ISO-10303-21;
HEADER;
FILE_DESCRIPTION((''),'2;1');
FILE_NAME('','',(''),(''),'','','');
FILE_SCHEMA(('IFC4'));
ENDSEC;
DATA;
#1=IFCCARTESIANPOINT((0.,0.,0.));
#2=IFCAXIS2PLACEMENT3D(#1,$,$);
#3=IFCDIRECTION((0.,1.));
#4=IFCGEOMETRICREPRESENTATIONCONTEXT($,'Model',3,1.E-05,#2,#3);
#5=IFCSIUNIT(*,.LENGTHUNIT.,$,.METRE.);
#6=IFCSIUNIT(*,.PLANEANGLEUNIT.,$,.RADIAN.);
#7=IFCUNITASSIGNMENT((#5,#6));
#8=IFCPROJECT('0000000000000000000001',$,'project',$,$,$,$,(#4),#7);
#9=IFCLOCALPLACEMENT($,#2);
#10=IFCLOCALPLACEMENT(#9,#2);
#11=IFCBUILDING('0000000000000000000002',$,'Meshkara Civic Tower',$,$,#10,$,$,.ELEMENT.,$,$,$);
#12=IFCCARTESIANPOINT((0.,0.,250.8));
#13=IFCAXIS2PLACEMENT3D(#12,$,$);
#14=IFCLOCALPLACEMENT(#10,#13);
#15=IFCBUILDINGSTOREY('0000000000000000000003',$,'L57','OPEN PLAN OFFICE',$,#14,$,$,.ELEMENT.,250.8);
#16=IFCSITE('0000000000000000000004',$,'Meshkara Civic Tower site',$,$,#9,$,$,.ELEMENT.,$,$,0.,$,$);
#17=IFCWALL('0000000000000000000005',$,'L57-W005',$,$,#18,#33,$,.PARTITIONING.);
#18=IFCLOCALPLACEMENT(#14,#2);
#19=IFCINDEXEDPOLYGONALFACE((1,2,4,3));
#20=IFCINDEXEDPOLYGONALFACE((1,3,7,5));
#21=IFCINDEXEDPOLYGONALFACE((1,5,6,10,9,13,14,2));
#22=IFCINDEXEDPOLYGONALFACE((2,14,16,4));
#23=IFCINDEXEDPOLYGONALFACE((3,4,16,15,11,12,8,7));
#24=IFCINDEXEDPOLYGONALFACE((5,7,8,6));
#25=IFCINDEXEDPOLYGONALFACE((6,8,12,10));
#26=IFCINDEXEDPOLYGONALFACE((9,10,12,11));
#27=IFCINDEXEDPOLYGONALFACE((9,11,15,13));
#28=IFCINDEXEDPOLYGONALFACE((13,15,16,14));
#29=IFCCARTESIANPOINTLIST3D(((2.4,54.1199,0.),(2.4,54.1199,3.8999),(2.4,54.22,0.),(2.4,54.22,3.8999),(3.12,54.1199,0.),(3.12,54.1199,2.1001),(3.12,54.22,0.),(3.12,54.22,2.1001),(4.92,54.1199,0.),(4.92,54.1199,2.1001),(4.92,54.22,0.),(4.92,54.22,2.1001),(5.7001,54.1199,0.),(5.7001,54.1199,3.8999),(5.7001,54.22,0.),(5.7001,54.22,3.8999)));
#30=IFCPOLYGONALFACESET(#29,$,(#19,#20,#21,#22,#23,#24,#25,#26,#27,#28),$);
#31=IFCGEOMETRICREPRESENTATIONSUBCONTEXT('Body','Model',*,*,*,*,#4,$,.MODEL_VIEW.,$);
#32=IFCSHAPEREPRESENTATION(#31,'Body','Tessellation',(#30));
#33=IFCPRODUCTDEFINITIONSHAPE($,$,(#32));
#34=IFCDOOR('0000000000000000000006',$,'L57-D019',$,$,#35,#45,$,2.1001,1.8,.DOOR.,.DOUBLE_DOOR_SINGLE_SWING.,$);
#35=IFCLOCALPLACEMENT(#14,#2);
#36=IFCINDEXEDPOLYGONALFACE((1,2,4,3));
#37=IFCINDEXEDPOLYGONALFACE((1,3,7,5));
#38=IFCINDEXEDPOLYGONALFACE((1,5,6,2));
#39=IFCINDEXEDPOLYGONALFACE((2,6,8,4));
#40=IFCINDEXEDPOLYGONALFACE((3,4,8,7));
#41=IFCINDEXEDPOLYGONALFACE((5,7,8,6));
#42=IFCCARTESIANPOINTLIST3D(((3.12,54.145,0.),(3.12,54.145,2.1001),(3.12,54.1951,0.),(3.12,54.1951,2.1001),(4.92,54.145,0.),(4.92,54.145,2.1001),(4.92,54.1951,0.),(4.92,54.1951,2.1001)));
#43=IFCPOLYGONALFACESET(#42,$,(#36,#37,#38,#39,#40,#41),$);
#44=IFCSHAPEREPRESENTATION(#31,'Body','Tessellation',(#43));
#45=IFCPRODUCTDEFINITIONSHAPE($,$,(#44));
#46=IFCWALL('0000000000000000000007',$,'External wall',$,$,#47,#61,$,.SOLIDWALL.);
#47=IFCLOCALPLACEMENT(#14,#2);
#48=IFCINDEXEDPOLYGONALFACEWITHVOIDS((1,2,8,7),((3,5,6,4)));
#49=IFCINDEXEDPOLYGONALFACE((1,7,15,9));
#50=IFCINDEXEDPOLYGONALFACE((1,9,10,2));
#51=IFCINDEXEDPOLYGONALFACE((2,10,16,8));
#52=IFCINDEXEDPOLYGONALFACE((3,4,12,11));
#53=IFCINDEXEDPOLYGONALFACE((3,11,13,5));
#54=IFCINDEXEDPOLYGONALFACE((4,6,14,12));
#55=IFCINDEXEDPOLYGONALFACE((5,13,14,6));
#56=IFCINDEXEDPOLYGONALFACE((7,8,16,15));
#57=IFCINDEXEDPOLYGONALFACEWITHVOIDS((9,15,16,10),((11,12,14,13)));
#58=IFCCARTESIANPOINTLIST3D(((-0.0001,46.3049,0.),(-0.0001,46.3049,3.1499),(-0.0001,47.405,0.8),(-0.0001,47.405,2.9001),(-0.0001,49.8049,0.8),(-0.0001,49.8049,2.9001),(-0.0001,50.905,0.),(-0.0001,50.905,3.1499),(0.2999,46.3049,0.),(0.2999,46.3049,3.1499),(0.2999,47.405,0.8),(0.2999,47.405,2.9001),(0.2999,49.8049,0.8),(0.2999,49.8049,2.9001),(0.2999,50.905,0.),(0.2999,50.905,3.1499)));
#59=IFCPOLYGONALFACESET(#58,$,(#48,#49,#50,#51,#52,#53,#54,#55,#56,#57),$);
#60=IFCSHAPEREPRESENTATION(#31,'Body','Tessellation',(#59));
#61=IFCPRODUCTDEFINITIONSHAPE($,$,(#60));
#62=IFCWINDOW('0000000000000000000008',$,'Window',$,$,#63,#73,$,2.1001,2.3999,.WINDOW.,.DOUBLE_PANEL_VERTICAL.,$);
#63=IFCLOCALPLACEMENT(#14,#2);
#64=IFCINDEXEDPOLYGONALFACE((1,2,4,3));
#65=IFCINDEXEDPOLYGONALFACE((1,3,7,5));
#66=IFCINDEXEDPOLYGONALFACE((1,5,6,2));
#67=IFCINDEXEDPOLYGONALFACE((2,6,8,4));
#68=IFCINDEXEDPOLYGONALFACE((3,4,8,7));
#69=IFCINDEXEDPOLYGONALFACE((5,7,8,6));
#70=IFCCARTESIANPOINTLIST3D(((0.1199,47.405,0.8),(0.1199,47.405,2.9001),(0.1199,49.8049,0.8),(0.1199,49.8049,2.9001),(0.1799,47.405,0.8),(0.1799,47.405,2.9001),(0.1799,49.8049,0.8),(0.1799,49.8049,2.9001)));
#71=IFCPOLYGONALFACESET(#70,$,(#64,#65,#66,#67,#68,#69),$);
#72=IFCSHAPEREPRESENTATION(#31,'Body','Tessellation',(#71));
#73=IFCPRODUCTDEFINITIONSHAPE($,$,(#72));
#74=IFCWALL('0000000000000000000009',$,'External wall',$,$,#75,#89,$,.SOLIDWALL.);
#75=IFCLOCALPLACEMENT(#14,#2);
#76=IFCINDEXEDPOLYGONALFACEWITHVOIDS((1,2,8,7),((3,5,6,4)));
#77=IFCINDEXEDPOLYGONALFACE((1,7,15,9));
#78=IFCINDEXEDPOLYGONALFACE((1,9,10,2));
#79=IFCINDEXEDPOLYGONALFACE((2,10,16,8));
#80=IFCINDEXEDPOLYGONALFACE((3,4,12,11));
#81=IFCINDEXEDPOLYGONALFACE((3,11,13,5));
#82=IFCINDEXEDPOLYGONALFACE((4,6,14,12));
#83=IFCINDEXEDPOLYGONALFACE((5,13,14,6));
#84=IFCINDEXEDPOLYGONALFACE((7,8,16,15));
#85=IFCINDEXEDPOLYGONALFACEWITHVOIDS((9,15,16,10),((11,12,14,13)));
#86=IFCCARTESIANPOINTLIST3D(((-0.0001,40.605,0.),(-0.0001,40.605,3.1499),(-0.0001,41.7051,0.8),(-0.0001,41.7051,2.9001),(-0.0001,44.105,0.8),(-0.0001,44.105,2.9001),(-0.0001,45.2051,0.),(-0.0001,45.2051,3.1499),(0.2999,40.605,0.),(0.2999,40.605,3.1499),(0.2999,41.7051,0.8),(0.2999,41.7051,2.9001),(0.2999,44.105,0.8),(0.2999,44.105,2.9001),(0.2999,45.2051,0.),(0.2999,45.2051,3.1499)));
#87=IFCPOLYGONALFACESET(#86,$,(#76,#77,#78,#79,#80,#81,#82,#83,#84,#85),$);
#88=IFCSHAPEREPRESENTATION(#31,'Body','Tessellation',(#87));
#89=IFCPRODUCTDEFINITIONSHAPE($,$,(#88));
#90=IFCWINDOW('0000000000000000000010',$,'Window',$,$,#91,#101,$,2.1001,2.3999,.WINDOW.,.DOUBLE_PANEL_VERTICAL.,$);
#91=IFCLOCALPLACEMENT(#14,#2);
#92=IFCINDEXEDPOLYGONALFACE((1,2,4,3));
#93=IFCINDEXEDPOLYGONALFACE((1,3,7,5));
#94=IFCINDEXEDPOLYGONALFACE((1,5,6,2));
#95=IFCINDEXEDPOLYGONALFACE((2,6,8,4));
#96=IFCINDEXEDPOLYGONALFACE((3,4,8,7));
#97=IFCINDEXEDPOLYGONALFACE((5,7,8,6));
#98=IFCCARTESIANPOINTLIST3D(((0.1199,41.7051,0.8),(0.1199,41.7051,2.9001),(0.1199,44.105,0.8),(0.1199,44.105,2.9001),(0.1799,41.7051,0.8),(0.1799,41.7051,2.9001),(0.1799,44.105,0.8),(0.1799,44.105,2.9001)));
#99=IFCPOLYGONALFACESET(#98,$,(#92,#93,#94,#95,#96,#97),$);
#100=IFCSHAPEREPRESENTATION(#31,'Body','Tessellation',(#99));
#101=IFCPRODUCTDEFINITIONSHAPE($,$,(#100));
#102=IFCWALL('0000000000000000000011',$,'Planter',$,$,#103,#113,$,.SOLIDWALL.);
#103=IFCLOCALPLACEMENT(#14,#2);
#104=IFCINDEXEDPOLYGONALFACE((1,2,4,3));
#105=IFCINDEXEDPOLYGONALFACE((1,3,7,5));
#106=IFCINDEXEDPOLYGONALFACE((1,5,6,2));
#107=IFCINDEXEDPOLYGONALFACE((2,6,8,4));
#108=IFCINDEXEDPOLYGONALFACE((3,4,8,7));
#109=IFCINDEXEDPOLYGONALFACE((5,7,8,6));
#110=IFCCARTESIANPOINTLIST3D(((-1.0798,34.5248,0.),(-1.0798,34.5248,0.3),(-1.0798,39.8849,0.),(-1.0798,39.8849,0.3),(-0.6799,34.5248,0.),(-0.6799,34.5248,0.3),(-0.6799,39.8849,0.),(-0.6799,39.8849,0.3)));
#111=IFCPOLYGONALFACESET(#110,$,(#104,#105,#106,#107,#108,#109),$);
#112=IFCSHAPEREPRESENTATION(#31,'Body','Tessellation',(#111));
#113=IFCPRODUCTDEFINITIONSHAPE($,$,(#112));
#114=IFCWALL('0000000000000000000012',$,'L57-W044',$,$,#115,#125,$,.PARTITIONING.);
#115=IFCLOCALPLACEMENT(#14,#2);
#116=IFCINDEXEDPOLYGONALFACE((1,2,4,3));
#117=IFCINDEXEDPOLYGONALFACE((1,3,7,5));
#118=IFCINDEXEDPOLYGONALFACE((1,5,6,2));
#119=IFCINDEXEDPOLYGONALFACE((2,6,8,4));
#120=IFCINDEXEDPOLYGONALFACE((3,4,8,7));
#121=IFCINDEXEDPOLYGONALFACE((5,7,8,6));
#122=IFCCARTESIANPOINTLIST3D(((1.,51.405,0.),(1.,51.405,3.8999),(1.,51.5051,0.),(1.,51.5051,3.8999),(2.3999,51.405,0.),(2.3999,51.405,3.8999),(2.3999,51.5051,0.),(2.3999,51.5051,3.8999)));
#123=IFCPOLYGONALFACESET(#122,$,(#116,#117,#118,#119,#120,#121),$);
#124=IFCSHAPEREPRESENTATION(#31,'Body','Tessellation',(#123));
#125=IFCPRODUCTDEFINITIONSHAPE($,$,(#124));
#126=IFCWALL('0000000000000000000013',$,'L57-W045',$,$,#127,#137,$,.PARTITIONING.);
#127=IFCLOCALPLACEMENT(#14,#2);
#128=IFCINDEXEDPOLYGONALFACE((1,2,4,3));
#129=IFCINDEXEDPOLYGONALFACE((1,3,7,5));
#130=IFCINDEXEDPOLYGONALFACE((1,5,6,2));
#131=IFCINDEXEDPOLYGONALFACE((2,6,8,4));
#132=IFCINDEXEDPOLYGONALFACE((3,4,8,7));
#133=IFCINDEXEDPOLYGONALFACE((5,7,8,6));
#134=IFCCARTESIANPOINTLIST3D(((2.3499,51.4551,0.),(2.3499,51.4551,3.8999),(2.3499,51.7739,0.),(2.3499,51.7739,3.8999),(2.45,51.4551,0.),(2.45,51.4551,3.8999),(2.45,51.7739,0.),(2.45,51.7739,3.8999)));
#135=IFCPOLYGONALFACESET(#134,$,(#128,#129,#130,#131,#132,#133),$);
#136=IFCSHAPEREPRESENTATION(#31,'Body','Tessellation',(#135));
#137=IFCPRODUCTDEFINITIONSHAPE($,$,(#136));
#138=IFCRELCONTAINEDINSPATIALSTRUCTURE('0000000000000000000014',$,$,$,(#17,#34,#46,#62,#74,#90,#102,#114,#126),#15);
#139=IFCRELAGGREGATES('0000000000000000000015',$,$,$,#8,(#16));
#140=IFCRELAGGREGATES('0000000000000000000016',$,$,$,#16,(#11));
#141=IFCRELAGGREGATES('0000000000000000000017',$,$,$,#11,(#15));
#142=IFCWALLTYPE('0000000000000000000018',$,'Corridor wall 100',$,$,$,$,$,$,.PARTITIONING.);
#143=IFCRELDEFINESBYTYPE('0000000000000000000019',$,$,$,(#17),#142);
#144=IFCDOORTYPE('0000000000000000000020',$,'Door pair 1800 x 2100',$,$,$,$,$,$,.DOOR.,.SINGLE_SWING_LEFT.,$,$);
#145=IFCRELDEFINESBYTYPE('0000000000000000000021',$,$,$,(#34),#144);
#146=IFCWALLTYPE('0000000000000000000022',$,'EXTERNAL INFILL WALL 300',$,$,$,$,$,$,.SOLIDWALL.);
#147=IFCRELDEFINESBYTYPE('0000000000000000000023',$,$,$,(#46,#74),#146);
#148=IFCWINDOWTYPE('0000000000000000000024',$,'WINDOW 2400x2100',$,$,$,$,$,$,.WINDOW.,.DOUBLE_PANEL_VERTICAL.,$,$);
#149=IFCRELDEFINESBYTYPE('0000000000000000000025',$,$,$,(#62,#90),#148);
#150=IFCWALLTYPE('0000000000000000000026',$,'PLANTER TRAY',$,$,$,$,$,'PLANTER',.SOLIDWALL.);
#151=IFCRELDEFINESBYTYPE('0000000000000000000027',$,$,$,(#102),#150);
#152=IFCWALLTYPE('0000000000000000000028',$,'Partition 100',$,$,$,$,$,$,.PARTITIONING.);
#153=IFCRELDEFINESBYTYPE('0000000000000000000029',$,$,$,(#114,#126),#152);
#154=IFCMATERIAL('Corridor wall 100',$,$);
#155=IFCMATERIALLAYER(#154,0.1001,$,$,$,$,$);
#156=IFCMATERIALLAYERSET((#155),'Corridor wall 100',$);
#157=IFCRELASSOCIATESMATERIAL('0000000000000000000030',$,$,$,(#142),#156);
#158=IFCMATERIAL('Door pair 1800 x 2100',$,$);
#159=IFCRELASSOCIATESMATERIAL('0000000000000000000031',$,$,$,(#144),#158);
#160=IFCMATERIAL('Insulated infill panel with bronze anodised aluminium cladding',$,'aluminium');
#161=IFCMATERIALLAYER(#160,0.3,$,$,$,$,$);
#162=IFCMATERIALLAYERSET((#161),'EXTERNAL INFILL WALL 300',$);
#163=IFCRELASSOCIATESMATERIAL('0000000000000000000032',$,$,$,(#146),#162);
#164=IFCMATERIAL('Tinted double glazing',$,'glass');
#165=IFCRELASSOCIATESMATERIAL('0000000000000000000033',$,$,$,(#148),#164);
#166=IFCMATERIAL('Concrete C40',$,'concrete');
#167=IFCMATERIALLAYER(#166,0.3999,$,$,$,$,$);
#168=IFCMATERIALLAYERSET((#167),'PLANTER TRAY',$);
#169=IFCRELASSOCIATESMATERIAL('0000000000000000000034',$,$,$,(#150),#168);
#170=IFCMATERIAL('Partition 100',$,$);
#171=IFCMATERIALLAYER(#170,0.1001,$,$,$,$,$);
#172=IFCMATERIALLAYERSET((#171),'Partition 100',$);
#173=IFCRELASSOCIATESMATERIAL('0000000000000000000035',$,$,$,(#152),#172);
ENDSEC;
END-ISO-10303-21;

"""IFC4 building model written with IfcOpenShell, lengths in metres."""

from ifc_helpers import new_model, si_unit, direction, frame, frame_2d, origin, place, context, subcontext, project, spatial, rectangle, extrude, material, layer, layer_set, type_object, element, fill, save


model = new_model("IFC4")

# Units and contexts
model_context = context("Model", 3, precision=1e-05, world=origin(), true_north=direction((0.0, 1.0)))
body_context = subcontext(model_context, "Body", "Model", "MODEL_VIEW")
ifc_project = project(units=[si_unit("LENGTHUNIT", "METRE"), si_unit("PLANEANGLEUNIT", "RADIAN")], contexts=[model_context])

# Site, building, storey
site_placement = place(None, origin())
site = spatial("IfcSite", under=ifc_project, at=site_placement, Name="Meshkara Civic Tower site", CompositionType="ELEMENT", RefElevation=0.0)
building_placement = place(site_placement, origin())
building = spatial("IfcBuilding", under=site, at=building_placement, Name="Meshkara Civic Tower", CompositionType="ELEMENT")
storey_placement = place(building_placement, frame((0.0, 0.0, 250.8)))
storey = spatial("IfcBuildingStorey", under=building, at=storey_placement, Name="L57", Description="OPEN PLAN OFFICE", CompositionType="ELEMENT", Elevation=250.8)

# Shared definitions
ifc_material_1 = material(Name="Corridor wall 100")
ifc_layer_1 = layer(ifc_material_1, 0.1001)
ifc_layer_set_1 = layer_set([ifc_layer_1], Name="Corridor wall 100")
wall_type_1 = type_object("IfcWallType", Name="Corridor wall 100", PredefinedType="PARTITIONING", material=ifc_layer_set_1)
ifc_material_2 = material(Name="Door pair 1800 x 2100")
door_type = type_object("IfcDoorType", Name="Door pair 1800 x 2100", OperationType="SINGLE_SWING_LEFT", PredefinedType="DOOR", material=ifc_material_2)

# Wall, opening, door
wall_1_placement = place(storey_placement, frame((5.7, 54.1699, 0.0), z_axis=(0.0, 0.0, 1.0), x_axis=(-1.0, 0.0, 0.0)))
wall_1 = element("IfcWall", 1, at=wall_1_placement, inside=storey, type_object=wall_type_1, Name="L57-W005", PredefinedType="PARTITIONING", context=body_context, shape_type="SweptSolid", body=[
    extrude(rectangle(XDim=3.3, YDim=0.1001, at=frame_2d((1.6499, 0.0))), origin(), (0.0, 0.0, 1.0), 3.8999),
])
opening_1_placement = place(wall_1_placement, frame((0.78, 0.0, 0.0)))
opening_1 = element("IfcOpeningElement", 2, at=opening_1_placement, cuts=wall_1, PredefinedType="OPENING", context=body_context, shape_type="SweptSolid", body=[
    extrude(rectangle(XDim=1.8, YDim=2.1001, at=frame_2d((0.8999, 1.05))), frame((0.0, 0.0601, 0.0), z_axis=(0.0, -1.0, 0.0), x_axis=(1.0, 0.0, 0.0)), (0.0, 0.0, 1.0), 0.1201),
])
door_1_placement = place(opening_1_placement, origin())
door_1 = element("IfcDoor", 3, at=door_1_placement, inside=storey, type_object=door_type, Name="L57-D019", OperationType="DOUBLE_DOOR_SINGLE_SWING", OverallHeight=2.1001, OverallWidth=1.8, PredefinedType="DOOR", context=body_context, shape_type="SweptSolid", body=[
    extrude(rectangle(XDim=1.8, YDim=2.1001, at=frame_2d((0.8999, 1.05))), frame((0.0, 0.0249, 0.0), z_axis=(0.0, -1.0, 0.0), x_axis=(1.0, 0.0, 0.0)), (0.0, 0.0, 1.0), 0.05),
])
fill(opening_1, door_1)

# Walls, openings, windows
ifc_material_3 = material(Name="Insulated infill panel with bronze anodised aluminium cladding", Category="aluminium")
ifc_layer_2 = layer(ifc_material_3, 0.3)
ifc_layer_set_2 = layer_set([ifc_layer_2], Name="EXTERNAL INFILL WALL 300")
wall_type_2 = type_object("IfcWallType", Name="EXTERNAL INFILL WALL 300", PredefinedType="SOLIDWALL", material=ifc_layer_set_2)
wall_2_placement = place(storey_placement, frame((0.1499, 50.905, 0.0), z_axis=(0.0, 0.0, 1.0), x_axis=(0.0, -1.0, 0.0)))
wall_2 = element("IfcWall", 4, at=wall_2_placement, inside=storey, type_object=wall_type_2, Name="External wall", PredefinedType="SOLIDWALL", context=body_context, shape_type="SweptSolid", body=[
    extrude(rectangle(XDim=4.6001, YDim=0.3, at=frame_2d((2.3, 0.0))), origin(), (0.0, 0.0, 1.0), 3.1499),
])
opening_2_placement = place(wall_2_placement, frame((1.1001, 0.0, 0.8)))
opening_2 = element("IfcOpeningElement", 5, at=opening_2_placement, cuts=wall_2, PredefinedType="OPENING", context=body_context, shape_type="SweptSolid", body=[
    extrude(rectangle(XDim=2.3999, YDim=2.1001, at=frame_2d((1.2, 1.05))), frame((0.0, 0.1599, 0.0), z_axis=(0.0, -1.0, 0.0), x_axis=(1.0, 0.0, 0.0)), (0.0, 0.0, 1.0), 0.3201),
])
ifc_material_4 = material(Name="Tinted double glazing", Category="glass")
window_type = type_object("IfcWindowType", Name="WINDOW 2400x2100", PartitioningType="DOUBLE_PANEL_VERTICAL", PredefinedType="WINDOW", material=ifc_material_4)
window_1_placement = place(opening_2_placement, origin())
window_1 = element("IfcWindow", 6, at=window_1_placement, inside=storey, type_object=window_type, Name="Window", OverallHeight=2.1001, OverallWidth=2.3999, PartitioningType="DOUBLE_PANEL_VERTICAL", PredefinedType="WINDOW", context=body_context, shape_type="SweptSolid", body=[
    extrude(rectangle(XDim=2.3999, YDim=2.1001, at=frame_2d((1.2, 1.05))), frame((0.0, 0.03, 0.0), z_axis=(0.0, -1.0, 0.0), x_axis=(1.0, 0.0, 0.0)), (0.0, 0.0, 1.0), 0.0601),
])
fill(opening_2, window_1)
wall_3_placement = place(storey_placement, frame((0.1499, 45.2051, 0.0), z_axis=(0.0, 0.0, 1.0), x_axis=(0.0, -1.0, 0.0)))
wall_3 = element("IfcWall", 7, at=wall_3_placement, inside=storey, type_object=wall_type_2, Name="External wall", PredefinedType="SOLIDWALL", context=body_context, shape_type="SweptSolid", body=[
    extrude(rectangle(XDim=4.6001, YDim=0.3, at=frame_2d((2.3, 0.0))), origin(), (0.0, 0.0, 1.0), 3.1499),
])
opening_3_placement = place(wall_3_placement, frame((1.1001, 0.0, 0.8)))
opening_3 = element("IfcOpeningElement", 8, at=opening_3_placement, cuts=wall_3, PredefinedType="OPENING", context=body_context, shape_type="SweptSolid", body=[
    extrude(rectangle(XDim=2.3999, YDim=2.1001, at=frame_2d((1.2, 1.05))), frame((0.0, 0.1599, 0.0), z_axis=(0.0, -1.0, 0.0), x_axis=(1.0, 0.0, 0.0)), (0.0, 0.0, 1.0), 0.3201),
])
window_2_placement = place(opening_3_placement, origin())
window_2 = element("IfcWindow", 9, at=window_2_placement, inside=storey, type_object=window_type, Name="Window", OverallHeight=2.1001, OverallWidth=2.3999, PartitioningType="DOUBLE_PANEL_VERTICAL", PredefinedType="WINDOW", context=body_context, shape_type="SweptSolid", body=[
    extrude(rectangle(XDim=2.3999, YDim=2.1001, at=frame_2d((1.2, 1.05))), frame((0.0, 0.03, 0.0), z_axis=(0.0, -1.0, 0.0), x_axis=(1.0, 0.0, 0.0)), (0.0, 0.0, 1.0), 0.0601),
])
fill(opening_3, window_2)

# Walls
ifc_material_5 = material(Name="Concrete C40", Category="concrete")
ifc_layer_3 = layer(ifc_material_5, 0.3999)
ifc_layer_set_3 = layer_set([ifc_layer_3], Name="PLANTER TRAY")
wall_type_3 = type_object("IfcWallType", Name="PLANTER TRAY", ElementType="PLANTER", PredefinedType="SOLIDWALL", material=ifc_layer_set_3)
wall_4_placement = place(storey_placement, frame((-0.8799, 39.885, 0.0), z_axis=(0.0, 0.0, 1.0), x_axis=(0.0, -1.0, 0.0)))
element("IfcWall", 10, at=wall_4_placement, inside=storey, type_object=wall_type_3, Name="Planter", PredefinedType="SOLIDWALL", context=body_context, shape_type="SweptSolid", body=[
    extrude(rectangle(XDim=5.3601, YDim=0.3999, at=frame_2d((2.6802, 0.0))), origin(), (0.0, 0.0, 1.0), 0.3),
])
ifc_material_6 = material(Name="Partition 100")
ifc_layer_4 = layer(ifc_material_6, 0.1001)
ifc_layer_set_4 = layer_set([ifc_layer_4], Name="Partition 100")
wall_type_4 = type_object("IfcWallType", Name="Partition 100", PredefinedType="PARTITIONING", material=ifc_layer_set_4)
wall_5_placement = place(storey_placement, frame((2.3999, 51.4551, 0.0), z_axis=(0.0, 0.0, 1.0), x_axis=(-1.0, 0.0, 0.0)))
element("IfcWall", 11, at=wall_5_placement, inside=storey, type_object=wall_type_4, Name="L57-W044", PredefinedType="PARTITIONING", context=body_context, shape_type="SweptSolid", body=[
    extrude(rectangle(XDim=1.3999, YDim=0.1001, at=frame_2d((0.7, 0.0))), origin(), (0.0, 0.0, 1.0), 3.8999),
])
wall_6_placement = place(storey_placement, frame((2.3999, 51.7739, 0.0), z_axis=(0.0, 0.0, 1.0), x_axis=(0.0, -1.0, 0.0)))
element("IfcWall", 12, at=wall_6_placement, inside=storey, type_object=wall_type_4, Name="L57-W045", PredefinedType="PARTITIONING", context=body_context, shape_type="SweptSolid", body=[
    extrude(rectangle(XDim=0.3188, YDim=0.1001, at=frame_2d((0.1594, 0.0))), origin(), (0.0, 0.0, 1.0), 3.8999),
])

save(model, "model.ifc")
